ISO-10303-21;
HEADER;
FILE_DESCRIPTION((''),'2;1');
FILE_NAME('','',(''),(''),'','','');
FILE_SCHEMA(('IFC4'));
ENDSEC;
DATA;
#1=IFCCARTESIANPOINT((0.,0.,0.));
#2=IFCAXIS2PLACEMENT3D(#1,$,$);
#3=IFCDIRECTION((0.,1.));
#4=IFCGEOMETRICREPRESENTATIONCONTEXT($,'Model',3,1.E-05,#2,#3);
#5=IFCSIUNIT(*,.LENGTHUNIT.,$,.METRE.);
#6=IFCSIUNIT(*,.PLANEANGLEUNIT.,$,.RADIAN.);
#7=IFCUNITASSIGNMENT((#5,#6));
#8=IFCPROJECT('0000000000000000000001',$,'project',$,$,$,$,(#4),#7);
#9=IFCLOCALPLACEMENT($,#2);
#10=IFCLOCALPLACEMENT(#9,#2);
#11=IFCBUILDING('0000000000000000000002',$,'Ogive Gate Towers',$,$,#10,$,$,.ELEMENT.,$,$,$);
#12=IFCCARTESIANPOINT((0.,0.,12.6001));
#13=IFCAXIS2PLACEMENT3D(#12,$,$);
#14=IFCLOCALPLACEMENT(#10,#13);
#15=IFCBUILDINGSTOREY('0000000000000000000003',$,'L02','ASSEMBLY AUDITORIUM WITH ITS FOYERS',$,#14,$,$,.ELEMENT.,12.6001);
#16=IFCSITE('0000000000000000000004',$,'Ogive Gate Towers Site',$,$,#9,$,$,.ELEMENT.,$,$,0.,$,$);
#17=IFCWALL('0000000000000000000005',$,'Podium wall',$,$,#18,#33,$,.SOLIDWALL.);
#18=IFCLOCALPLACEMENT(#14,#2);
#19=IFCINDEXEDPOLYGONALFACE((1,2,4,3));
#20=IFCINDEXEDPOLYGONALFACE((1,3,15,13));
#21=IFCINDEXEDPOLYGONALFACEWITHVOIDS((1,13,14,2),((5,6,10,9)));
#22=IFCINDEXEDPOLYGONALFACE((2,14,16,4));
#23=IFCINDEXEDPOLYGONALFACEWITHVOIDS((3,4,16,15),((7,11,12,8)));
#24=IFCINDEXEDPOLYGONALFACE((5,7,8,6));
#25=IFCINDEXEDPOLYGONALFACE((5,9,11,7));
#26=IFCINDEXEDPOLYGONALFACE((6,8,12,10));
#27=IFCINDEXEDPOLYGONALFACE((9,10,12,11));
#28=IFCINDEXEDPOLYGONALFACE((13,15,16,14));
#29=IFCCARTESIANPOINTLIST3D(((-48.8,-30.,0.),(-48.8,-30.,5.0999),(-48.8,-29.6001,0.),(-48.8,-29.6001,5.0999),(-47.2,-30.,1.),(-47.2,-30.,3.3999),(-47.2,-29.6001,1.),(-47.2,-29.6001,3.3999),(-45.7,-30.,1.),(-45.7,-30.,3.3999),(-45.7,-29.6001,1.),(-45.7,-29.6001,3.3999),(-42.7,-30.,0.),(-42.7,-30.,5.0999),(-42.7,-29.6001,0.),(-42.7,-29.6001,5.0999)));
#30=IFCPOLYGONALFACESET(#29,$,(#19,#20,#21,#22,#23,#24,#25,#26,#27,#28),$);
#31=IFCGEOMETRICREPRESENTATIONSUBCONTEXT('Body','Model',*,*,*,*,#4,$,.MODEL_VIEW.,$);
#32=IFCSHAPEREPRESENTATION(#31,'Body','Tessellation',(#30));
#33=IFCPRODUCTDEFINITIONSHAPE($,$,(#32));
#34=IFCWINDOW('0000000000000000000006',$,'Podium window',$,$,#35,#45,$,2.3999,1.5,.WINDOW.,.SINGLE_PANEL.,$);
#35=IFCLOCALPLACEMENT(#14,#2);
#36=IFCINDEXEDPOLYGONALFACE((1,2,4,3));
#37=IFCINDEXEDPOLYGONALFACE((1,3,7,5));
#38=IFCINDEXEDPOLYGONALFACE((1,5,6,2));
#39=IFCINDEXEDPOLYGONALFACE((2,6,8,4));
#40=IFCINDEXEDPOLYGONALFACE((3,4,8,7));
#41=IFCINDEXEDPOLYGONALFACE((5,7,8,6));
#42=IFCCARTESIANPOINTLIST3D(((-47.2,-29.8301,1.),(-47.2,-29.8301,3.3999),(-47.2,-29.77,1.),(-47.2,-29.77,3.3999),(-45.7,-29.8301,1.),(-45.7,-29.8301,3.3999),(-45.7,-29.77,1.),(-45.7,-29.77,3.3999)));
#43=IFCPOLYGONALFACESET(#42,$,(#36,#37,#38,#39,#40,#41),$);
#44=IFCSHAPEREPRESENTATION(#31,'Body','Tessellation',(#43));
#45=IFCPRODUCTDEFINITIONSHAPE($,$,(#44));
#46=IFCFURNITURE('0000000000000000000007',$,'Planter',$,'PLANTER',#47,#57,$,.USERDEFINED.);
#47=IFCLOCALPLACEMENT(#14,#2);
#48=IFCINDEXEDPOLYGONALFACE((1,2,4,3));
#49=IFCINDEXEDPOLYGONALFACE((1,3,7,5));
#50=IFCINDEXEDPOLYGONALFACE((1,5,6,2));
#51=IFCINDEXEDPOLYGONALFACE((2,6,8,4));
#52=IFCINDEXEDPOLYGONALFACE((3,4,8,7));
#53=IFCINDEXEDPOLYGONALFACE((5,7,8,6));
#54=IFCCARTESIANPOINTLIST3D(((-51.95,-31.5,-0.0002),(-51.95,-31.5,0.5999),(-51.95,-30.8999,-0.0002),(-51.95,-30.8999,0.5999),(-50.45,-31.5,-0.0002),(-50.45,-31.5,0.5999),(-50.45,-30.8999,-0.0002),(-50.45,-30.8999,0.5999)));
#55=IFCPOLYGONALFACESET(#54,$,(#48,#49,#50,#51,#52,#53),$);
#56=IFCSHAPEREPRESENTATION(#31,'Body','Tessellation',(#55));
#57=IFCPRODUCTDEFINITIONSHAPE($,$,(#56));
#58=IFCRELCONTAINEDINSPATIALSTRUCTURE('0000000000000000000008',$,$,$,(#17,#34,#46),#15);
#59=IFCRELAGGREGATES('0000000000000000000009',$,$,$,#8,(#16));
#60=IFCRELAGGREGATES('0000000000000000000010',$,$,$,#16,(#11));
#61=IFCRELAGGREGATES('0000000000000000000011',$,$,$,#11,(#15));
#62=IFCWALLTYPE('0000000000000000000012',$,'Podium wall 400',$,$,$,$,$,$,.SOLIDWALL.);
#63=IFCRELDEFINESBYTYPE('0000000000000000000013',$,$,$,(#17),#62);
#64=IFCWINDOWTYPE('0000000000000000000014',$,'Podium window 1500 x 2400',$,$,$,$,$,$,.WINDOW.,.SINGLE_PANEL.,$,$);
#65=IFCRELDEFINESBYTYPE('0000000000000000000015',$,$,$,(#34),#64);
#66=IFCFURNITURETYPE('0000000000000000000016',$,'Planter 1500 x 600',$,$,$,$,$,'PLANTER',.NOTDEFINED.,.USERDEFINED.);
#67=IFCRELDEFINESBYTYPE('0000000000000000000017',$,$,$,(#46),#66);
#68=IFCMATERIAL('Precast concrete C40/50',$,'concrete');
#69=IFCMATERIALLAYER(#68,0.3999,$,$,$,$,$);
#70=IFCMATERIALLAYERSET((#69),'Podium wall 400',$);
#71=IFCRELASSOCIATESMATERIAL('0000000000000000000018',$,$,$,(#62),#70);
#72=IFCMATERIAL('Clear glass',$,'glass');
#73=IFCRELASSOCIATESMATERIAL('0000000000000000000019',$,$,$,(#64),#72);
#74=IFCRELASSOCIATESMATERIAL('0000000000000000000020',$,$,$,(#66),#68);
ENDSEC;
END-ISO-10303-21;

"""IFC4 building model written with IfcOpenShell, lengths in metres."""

from ifc_helpers import new_model, si_unit, direction, frame, frame_2d, origin, origin_2d, place, context, subcontext, project, spatial, rectangle, extrude, material, layer, layer_set, type_object, element, fill, save


model = new_model("IFC4")

# Units and contexts
model_context = context("Model", 3, precision=1e-05, world=origin(), true_north=direction((0.0, 1.0)))
body_context = subcontext(model_context, "Body", "Model", "MODEL_VIEW")
ifc_project = project(units=[si_unit("LENGTHUNIT", "METRE"), si_unit("PLANEANGLEUNIT", "RADIAN")], contexts=[model_context])

# Site, building, storey
site_placement = place(None, origin())
site = spatial("IfcSite", under=ifc_project, at=site_placement, Name="Ogive Gate Towers Site", CompositionType="ELEMENT", RefElevation=0.0)
building_placement = place(site_placement, origin())
building = spatial("IfcBuilding", under=site, at=building_placement, Name="Ogive Gate Towers", CompositionType="ELEMENT")
storey_placement = place(building_placement, frame((0.0, 0.0, 12.6001)))
storey = spatial("IfcBuildingStorey", under=building, at=storey_placement, Name="L02", Description="ASSEMBLY AUDITORIUM WITH ITS FOYERS", CompositionType="ELEMENT", Elevation=12.6001)

# Wall, opening, window
ifc_material_1 = material(Name="Precast concrete C40/50", Category="concrete")
ifc_layer = layer(ifc_material_1, 0.3999)
ifc_layer_set = layer_set([ifc_layer], Name="Podium wall 400")
wall_type = type_object("IfcWallType", Name="Podium wall 400", PredefinedType="SOLIDWALL", material=ifc_layer_set)
ifc_material_2 = material(Name="Clear glass", Category="glass")
window_type = type_object("IfcWindowType", Name="Podium window 1500 x 2400", PartitioningType="SINGLE_PANEL", PredefinedType="WINDOW", material=ifc_material_2)
wall_1_placement = place(storey_placement, frame((-48.8, -29.8, 0.0), z_axis=(0.0, 0.0, 1.0), x_axis=(1.0, 0.0, 0.0)))
wall_1 = element("IfcWall", 1, at=wall_1_placement, inside=storey, type_object=wall_type, Name="Podium wall", PredefinedType="SOLIDWALL", context=body_context, shape_type="SweptSolid", body=[
    extrude(rectangle(XDim=6.1001, YDim=0.3999, at=frame_2d((3.05, 0.0))), origin(), (0.0, 0.0, 1.0), 5.0999),
])
opening_1_placement = place(wall_1_placement, frame((1.6001, 0.0, 1.0)))
opening_1 = element("IfcOpeningElement", 2, at=opening_1_placement, cuts=wall_1, PredefinedType="OPENING", context=body_context, shape_type="SweptSolid", body=[
    extrude(rectangle(XDim=1.5, YDim=2.3999, at=frame_2d((0.75, 1.2))), frame((0.0, 0.21, 0.0), z_axis=(0.0, -1.0, 0.0), x_axis=(1.0, 0.0, 0.0)), (0.0, 0.0, 1.0), 0.4199),
])
window_1_placement = place(opening_1_placement, origin())
window_1 = element("IfcWindow", 3, at=window_1_placement, inside=storey, type_object=window_type, Name="Podium window", OverallHeight=2.3999, OverallWidth=1.5, PartitioningType="SINGLE_PANEL", PredefinedType="WINDOW", context=body_context, shape_type="SweptSolid", body=[
    extrude(rectangle(XDim=1.5, YDim=2.3999, at=frame_2d((0.75, 1.2))), frame((0.0, 0.03, 0.0), z_axis=(0.0, -1.0, 0.0), x_axis=(1.0, 0.0, 0.0)), (0.0, 0.0, 1.0), 0.0601),
])
fill(opening_1, window_1)

# Furniture
furniture_type = type_object("IfcFurnitureType", Name="Planter 1500 x 600", ElementType="PLANTER", AssemblyPlace="NOTDEFINED", PredefinedType="USERDEFINED", material=ifc_material_1)
furniture_placement = place(storey_placement, frame((-51.2, -31.2, -0.0002), z_axis=(0.0, 0.0, 1.0), x_axis=(1.0, 0.0, 0.0)))
element("IfcFurniture", 4, at=furniture_placement, inside=storey, type_object=furniture_type, Name="Planter", ObjectType="PLANTER", PredefinedType="USERDEFINED", context=body_context, shape_type="SweptSolid", body=[
    extrude(rectangle(XDim=1.5, YDim=0.6001, at=origin_2d()), origin(), (0.0, 0.0, 1.0), 0.6001),
])

save(model, "model.ifc")
